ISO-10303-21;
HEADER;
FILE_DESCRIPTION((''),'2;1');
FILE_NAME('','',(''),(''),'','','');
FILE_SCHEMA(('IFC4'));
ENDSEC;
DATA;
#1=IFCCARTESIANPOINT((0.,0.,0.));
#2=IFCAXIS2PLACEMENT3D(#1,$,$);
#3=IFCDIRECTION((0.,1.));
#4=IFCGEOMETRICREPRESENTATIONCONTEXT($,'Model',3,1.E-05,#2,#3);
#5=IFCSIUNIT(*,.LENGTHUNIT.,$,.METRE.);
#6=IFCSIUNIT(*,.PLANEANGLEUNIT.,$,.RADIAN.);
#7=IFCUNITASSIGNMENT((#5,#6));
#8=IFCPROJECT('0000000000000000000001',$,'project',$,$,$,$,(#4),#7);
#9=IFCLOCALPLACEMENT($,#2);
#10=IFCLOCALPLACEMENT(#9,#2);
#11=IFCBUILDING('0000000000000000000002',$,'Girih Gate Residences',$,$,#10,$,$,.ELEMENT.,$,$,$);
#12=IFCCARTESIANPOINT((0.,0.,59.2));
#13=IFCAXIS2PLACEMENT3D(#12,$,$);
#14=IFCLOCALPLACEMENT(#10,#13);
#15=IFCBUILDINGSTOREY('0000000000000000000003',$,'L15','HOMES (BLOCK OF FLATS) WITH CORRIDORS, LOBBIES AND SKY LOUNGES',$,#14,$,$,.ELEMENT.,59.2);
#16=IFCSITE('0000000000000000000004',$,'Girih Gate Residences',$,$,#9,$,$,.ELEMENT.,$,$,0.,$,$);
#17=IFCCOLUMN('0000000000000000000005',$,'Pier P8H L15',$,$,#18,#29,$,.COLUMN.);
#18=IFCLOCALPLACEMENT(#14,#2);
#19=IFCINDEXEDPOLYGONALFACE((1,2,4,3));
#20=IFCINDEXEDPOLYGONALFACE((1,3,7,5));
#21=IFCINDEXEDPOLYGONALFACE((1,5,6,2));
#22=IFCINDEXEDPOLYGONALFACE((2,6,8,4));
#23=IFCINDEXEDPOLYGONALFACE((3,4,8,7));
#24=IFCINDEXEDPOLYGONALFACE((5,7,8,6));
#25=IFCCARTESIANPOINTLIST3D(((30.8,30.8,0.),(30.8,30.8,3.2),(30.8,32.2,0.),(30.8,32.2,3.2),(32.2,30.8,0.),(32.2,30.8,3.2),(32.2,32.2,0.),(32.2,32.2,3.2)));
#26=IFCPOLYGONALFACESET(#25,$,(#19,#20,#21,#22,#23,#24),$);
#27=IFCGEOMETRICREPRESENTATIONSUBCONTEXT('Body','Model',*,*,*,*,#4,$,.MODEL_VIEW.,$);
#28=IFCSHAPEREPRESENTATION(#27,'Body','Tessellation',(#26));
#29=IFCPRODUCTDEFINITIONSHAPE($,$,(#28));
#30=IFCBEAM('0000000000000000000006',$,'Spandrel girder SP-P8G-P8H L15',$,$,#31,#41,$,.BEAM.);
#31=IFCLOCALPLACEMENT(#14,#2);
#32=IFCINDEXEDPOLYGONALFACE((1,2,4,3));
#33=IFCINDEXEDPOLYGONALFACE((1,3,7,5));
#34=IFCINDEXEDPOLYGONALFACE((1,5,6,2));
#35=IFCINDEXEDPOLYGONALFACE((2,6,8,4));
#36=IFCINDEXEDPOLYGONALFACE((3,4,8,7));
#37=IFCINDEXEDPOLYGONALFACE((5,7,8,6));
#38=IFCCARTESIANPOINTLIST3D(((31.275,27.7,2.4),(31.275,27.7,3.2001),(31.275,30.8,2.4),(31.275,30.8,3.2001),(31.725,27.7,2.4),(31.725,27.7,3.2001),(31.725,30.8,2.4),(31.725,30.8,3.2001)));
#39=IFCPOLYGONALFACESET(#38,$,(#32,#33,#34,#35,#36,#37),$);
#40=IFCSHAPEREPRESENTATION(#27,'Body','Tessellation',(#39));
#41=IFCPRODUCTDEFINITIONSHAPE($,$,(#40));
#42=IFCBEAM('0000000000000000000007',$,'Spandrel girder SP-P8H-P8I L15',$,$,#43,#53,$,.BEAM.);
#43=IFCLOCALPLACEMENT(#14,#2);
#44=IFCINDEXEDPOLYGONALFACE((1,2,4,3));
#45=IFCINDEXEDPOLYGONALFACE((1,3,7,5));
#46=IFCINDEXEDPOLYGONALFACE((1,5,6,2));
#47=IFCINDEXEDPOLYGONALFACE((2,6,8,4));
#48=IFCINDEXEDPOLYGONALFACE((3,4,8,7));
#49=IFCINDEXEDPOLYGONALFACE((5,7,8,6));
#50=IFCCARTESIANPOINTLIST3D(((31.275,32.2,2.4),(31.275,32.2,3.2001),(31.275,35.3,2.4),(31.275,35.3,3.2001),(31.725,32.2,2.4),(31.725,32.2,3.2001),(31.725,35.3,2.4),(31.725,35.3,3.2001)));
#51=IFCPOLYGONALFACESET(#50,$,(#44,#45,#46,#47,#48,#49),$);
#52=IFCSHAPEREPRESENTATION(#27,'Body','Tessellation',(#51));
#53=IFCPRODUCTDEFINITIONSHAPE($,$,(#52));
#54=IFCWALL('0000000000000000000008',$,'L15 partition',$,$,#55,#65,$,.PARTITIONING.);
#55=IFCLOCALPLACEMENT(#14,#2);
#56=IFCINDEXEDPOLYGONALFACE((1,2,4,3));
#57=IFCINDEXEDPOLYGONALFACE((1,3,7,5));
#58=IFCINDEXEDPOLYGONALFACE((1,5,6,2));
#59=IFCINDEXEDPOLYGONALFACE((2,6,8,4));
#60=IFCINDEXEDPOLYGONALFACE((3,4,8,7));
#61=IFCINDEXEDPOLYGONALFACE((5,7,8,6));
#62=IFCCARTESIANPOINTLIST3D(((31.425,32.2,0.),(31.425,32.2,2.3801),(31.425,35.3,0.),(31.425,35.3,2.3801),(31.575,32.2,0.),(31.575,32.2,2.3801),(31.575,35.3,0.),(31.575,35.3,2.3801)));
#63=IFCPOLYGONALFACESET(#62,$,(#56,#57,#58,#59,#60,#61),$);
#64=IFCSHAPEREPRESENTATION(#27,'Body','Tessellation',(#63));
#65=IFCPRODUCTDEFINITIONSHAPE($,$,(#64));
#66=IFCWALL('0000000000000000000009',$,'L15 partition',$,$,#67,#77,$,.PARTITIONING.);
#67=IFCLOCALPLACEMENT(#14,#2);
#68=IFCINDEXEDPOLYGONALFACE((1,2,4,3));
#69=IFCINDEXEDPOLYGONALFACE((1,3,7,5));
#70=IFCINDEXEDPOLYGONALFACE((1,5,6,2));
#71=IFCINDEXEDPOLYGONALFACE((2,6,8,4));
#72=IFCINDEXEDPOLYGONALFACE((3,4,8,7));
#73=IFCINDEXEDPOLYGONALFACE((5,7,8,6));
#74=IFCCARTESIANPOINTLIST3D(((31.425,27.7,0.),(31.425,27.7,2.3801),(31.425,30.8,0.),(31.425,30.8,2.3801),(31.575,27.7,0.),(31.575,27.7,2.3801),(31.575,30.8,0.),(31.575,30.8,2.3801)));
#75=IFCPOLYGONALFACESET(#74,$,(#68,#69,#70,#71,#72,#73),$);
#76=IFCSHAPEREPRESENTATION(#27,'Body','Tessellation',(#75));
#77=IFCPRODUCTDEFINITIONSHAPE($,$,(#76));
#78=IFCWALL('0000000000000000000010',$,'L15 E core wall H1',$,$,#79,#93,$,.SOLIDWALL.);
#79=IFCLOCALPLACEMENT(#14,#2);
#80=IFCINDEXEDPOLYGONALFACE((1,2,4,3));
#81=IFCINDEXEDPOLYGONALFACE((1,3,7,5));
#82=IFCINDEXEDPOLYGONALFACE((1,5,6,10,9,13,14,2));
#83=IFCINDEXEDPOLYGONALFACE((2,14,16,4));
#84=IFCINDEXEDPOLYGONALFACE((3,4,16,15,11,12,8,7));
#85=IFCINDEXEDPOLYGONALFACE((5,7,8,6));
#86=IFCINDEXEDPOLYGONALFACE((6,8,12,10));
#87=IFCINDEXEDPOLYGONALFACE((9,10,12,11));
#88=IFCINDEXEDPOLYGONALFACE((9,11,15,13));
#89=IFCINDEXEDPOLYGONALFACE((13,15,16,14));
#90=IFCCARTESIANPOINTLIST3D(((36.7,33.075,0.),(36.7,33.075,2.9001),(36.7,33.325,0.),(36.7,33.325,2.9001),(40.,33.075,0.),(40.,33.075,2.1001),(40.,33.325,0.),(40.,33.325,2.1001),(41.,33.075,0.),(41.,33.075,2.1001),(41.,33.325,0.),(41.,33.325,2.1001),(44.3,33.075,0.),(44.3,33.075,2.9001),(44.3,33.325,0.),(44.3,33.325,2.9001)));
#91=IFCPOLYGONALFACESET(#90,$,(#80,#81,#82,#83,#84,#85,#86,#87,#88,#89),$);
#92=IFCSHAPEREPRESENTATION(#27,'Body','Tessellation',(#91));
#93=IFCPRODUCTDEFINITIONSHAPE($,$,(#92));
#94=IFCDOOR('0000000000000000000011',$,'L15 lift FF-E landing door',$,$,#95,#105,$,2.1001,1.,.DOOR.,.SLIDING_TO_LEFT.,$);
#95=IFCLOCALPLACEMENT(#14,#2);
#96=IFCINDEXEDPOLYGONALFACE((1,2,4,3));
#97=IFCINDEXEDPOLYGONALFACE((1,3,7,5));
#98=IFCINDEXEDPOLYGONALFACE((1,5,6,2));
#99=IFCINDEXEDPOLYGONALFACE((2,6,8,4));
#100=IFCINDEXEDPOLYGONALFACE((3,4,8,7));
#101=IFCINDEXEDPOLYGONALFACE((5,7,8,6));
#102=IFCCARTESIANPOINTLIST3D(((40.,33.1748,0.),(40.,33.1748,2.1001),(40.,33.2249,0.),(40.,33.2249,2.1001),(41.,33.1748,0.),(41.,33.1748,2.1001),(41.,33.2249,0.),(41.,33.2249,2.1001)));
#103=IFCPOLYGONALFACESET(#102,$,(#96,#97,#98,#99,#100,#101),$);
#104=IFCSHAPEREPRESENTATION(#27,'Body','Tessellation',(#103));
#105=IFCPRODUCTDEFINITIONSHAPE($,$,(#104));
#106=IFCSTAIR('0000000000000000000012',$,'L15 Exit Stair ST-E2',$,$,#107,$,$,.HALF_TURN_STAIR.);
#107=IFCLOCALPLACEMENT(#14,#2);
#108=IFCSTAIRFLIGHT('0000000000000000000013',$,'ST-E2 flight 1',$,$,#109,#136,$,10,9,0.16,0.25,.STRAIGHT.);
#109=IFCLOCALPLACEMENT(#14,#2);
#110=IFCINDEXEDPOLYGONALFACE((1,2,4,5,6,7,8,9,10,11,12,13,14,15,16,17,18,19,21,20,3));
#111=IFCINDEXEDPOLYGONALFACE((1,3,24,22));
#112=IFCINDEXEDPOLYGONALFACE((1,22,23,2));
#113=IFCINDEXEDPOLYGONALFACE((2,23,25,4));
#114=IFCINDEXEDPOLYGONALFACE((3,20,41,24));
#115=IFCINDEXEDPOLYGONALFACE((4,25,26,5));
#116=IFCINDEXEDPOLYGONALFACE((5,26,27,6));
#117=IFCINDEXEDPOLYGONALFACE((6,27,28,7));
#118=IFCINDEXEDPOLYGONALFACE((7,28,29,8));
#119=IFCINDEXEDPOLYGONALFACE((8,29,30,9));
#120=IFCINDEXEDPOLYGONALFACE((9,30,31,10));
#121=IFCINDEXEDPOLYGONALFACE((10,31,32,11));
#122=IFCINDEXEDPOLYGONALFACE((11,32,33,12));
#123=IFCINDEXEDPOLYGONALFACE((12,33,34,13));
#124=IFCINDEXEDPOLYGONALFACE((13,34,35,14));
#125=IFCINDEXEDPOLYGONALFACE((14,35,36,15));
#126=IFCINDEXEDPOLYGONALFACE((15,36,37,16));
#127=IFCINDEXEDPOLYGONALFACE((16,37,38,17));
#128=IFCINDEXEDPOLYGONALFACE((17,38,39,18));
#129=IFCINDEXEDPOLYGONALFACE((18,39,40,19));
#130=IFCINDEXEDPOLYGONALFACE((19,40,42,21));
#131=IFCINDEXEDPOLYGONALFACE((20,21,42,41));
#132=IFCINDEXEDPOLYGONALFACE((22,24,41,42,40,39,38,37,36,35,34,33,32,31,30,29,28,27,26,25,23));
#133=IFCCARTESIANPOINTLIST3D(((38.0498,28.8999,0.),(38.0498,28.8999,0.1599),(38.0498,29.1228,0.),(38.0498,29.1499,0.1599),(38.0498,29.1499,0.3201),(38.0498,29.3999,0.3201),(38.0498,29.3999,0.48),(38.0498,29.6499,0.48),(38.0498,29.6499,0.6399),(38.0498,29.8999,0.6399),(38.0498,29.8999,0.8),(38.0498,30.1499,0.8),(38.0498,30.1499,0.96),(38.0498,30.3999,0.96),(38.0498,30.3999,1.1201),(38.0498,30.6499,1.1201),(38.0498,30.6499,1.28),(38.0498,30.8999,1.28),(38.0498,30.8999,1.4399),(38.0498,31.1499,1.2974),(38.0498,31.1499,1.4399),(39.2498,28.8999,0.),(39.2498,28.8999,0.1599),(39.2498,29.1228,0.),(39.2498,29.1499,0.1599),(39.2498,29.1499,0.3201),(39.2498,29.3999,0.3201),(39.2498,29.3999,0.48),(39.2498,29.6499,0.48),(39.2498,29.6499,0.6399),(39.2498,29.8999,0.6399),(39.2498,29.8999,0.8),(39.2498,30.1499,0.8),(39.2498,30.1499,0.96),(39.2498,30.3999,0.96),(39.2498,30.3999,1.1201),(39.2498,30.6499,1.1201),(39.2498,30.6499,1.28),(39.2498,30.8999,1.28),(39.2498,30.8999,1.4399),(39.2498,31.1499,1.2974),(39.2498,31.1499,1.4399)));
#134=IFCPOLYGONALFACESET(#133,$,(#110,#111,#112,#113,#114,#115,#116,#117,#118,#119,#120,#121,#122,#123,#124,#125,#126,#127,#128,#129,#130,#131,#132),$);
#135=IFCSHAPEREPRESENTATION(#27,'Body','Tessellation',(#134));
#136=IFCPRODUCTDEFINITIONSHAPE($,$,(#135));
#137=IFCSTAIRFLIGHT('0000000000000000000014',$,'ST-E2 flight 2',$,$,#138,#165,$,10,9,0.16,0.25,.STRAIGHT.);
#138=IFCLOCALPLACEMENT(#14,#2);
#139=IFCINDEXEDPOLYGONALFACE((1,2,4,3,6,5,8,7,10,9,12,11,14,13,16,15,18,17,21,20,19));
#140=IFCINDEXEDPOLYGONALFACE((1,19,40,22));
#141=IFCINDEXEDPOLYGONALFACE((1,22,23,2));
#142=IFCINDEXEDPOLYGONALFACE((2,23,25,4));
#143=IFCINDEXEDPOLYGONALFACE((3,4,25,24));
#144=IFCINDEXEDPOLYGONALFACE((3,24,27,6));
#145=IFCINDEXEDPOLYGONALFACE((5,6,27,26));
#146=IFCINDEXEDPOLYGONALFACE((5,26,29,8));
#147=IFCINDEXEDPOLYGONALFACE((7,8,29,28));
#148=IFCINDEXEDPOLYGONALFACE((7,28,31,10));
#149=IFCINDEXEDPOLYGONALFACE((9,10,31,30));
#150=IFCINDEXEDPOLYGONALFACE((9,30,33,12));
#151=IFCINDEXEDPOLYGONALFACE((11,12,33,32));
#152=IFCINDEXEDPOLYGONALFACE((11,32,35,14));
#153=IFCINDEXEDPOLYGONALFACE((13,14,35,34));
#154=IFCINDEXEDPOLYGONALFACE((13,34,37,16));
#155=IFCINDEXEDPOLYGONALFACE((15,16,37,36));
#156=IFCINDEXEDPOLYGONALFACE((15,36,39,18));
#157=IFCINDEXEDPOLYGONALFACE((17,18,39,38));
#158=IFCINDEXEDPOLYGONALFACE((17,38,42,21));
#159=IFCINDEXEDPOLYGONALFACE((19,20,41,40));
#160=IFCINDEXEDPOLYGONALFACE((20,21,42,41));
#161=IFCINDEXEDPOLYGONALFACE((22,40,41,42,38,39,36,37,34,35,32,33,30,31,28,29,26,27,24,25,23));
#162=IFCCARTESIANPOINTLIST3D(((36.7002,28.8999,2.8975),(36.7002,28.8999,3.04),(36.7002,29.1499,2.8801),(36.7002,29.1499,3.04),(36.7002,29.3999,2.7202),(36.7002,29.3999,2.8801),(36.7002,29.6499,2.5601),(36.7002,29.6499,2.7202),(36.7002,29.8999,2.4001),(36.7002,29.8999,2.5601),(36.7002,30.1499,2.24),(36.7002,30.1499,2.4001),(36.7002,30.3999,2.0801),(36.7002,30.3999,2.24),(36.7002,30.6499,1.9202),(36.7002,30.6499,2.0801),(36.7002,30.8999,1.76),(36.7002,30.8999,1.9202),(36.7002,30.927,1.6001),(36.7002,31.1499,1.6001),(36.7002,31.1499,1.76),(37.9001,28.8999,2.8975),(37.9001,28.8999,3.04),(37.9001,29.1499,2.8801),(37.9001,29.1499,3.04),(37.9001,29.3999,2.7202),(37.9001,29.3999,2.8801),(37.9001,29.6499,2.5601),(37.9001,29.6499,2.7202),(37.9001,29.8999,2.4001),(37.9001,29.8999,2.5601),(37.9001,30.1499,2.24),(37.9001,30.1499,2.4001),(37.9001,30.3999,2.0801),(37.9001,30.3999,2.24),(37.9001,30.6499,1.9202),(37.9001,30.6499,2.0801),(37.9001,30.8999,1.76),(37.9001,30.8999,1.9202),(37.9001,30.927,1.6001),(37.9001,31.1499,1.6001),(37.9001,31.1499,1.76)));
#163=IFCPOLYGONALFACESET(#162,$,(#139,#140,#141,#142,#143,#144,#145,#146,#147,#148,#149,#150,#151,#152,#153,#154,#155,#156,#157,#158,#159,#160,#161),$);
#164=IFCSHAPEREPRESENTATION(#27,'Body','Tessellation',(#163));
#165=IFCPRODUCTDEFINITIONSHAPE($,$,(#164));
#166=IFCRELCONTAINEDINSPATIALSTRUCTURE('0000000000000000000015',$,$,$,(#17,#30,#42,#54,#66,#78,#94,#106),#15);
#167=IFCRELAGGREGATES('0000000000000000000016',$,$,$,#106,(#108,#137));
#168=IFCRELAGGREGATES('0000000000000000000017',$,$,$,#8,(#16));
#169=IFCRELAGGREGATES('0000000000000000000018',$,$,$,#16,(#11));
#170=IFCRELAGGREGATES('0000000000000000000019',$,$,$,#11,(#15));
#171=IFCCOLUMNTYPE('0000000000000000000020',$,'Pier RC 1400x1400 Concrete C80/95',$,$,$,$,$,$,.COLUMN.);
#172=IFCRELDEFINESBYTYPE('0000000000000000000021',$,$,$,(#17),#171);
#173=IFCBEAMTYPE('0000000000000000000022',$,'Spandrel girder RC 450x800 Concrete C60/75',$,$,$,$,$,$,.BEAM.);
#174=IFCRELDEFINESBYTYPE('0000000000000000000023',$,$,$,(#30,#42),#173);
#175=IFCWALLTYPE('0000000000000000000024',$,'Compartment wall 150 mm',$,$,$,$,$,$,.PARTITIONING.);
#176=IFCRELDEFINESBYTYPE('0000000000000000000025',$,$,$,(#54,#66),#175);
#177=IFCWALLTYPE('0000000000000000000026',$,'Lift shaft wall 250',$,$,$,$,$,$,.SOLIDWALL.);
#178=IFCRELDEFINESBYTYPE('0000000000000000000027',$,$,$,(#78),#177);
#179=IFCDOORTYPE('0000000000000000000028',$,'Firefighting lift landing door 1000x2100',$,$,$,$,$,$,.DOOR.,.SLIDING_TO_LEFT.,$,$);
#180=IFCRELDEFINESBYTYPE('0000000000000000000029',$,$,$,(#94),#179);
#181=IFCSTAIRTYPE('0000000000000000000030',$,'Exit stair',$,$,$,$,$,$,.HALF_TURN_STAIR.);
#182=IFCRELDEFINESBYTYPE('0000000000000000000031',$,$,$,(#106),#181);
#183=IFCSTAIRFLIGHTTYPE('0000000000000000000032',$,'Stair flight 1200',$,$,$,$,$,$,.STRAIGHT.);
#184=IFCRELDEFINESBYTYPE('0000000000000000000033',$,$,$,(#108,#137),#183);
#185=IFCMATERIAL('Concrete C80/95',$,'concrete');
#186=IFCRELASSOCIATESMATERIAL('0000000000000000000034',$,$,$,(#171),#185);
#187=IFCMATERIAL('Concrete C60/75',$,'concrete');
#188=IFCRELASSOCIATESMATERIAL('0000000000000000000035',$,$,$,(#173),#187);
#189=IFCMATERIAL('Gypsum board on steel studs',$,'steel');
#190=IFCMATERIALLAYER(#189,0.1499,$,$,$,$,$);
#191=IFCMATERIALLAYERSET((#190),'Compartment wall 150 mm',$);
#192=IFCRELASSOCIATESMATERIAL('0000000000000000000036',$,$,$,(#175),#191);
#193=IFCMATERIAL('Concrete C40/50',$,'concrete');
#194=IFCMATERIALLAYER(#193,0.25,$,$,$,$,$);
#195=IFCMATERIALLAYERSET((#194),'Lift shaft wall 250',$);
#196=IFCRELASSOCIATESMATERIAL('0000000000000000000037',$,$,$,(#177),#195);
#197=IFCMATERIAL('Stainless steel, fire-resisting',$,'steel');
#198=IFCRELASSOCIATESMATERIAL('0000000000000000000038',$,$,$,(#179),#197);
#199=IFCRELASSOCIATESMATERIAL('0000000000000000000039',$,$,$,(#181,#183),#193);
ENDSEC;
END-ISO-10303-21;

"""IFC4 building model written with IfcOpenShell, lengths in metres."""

from ifc_helpers import new_model, si_unit, direction, frame, frame_2d, origin, origin_2d, place, context, subcontext, project, spatial, polyline, rectangle, outline, extrude, material, layer, layer_set, material_profile, profile_set, type_object, element, fill, aggregate, save


model = new_model("IFC4")

# Units and contexts
model_context = context("Model", 3, precision=1e-05, world=origin(), true_north=direction((0.0, 1.0)))
body_context = subcontext(model_context, "Body", "Model", "MODEL_VIEW")
ifc_project = project(units=[si_unit("LENGTHUNIT", "METRE"), si_unit("PLANEANGLEUNIT", "RADIAN")], contexts=[model_context])

# Site, building, storey
site_placement = place(None, origin())
site = spatial("IfcSite", under=ifc_project, at=site_placement, Name="Girih Gate Residences", CompositionType="ELEMENT", RefElevation=0.0)
building_placement = place(site_placement, origin())
building = spatial("IfcBuilding", under=site, at=building_placement, Name="Girih Gate Residences", CompositionType="ELEMENT")
storey_placement = place(building_placement, frame((0.0, 0.0, 59.2)))
storey = spatial("IfcBuildingStorey", under=building, at=storey_placement, Name="L15", Description="HOMES (BLOCK OF FLATS) WITH CORRIDORS, LOBBIES AND SKY LOUNGES", CompositionType="ELEMENT", Elevation=59.2)

# Column
ifc_material_1 = material(Name="Concrete C80/95", Category="concrete")
ifc_material_profile_1 = material_profile(ifc_material_1, rectangle(XDim=1.3999, YDim=1.3999, at=origin_2d()))
ifc_profile_set_1 = profile_set([ifc_material_profile_1], Name="Concrete C80/95")
column_type = type_object("IfcColumnType", Name="Pier RC 1400x1400 Concrete C80/95", PredefinedType="COLUMN", material=ifc_profile_set_1)
column_placement = place(storey_placement, frame((31.5, 31.5, 0.0), z_axis=(0.0, 0.0, 1.0), x_axis=(1.0, 0.0, 0.0)))
element("IfcColumn", 1, at=column_placement, inside=storey, type_object=column_type, Name="Pier P8H L15", PredefinedType="COLUMN", context=body_context, shape_type="SweptSolid", body=[
    extrude(rectangle(XDim=1.3999, YDim=1.3999, at=origin_2d()), origin(), (0.0, 0.0, 1.0), 3.2),
])

# Beams
ifc_material_2 = material(Name="Concrete C60/75", Category="concrete")
ifc_material_profile_2 = material_profile(ifc_material_2, rectangle(XDim=0.45, YDim=0.8, at=origin_2d()))
ifc_profile_set_2 = profile_set([ifc_material_profile_2], Name="Concrete C60/75")
beam_type = type_object("IfcBeamType", Name="Spandrel girder RC 450x800 Concrete C60/75", PredefinedType="BEAM", material=ifc_profile_set_2)
for number, where, z_axis, x_axis, name in (
    (2, (31.5, 27.7, 2.8), (0.0, 1.0, 0.0), (-1.0, 0.0, 0.0), "Spandrel girder SP-P8G-P8H L15"),
    (3, (31.5, 32.2, 2.8), (0.0, 1.0, 0.0), (-1.0, 0.0, 0.0), "Spandrel girder SP-P8H-P8I L15"),
):
    element("IfcBeam", number, at=place(storey_placement, frame(where, z_axis=z_axis, x_axis=x_axis)), inside=storey, type_object=beam_type, Name=name, PredefinedType="BEAM", context=body_context, shape_type="SweptSolid", body=[
        extrude(rectangle(XDim=0.45, YDim=0.8, at=origin_2d()), origin(), (0.0, 0.0, 1.0), 3.1001),
    ])

# Walls
ifc_material_3 = material(Name="Gypsum board on steel studs", Category="steel")
ifc_layer_1 = layer(ifc_material_3, 0.1499)
ifc_layer_set_1 = layer_set([ifc_layer_1], Name="Compartment wall 150 mm")
wall_type_1 = type_object("IfcWallType", Name="Compartment wall 150 mm", PredefinedType="PARTITIONING", material=ifc_layer_set_1)
for number, where, z_axis, x_axis, name in (
    (4, (31.5, 32.2, 0.0), (0.0, 0.0, 1.0), (0.0, 1.0, 0.0), "L15 partition"),
    (5, (31.5, 27.7, 0.0), (0.0, 0.0, 1.0), (0.0, 1.0, 0.0), "L15 partition"),
):
    element("IfcWall", number, at=place(storey_placement, frame(where, z_axis=z_axis, x_axis=x_axis)), inside=storey, type_object=wall_type_1, Name=name, PredefinedType="PARTITIONING", context=body_context, shape_type="SweptSolid", body=[
        extrude(rectangle(XDim=3.1001, YDim=0.1499, at=frame_2d((1.55, 0.0))), origin(), (0.0, 0.0, 1.0), 2.3801),
    ])

# Wall, opening, door
ifc_material_4 = material(Name="Concrete C40/50", Category="concrete")
ifc_layer_2 = layer(ifc_material_4, 0.25)
ifc_layer_set_2 = layer_set([ifc_layer_2], Name="Lift shaft wall 250")
wall_type_2 = type_object("IfcWallType", Name="Lift shaft wall 250", PredefinedType="SOLIDWALL", material=ifc_layer_set_2)
wall_placement = place(storey_placement, frame((36.7, 33.2, 0.0), z_axis=(0.0, 0.0, 1.0), x_axis=(1.0, 0.0, 0.0)))
wall = element("IfcWall", 6, at=wall_placement, inside=storey, type_object=wall_type_2, Name="L15 E core wall H1", PredefinedType="SOLIDWALL", context=body_context, shape_type="SweptSolid", body=[
    extrude(rectangle(XDim=7.6001, YDim=0.25, at=frame_2d((3.8, 0.0))), origin(), (0.0, 0.0, 1.0), 2.9001),
])
opening_placement = place(wall_placement, frame((3.3, 0.0, 0.0)))
opening = element("IfcOpeningElement", 7, at=opening_placement, cuts=wall, PredefinedType="OPENING", context=body_context, shape_type="SweptSolid", body=[
    extrude(rectangle(XDim=1.0, YDim=2.1001, at=frame_2d((0.5, 1.05))), frame((0.0, 0.135, 0.0), z_axis=(0.0, -1.0, 0.0), x_axis=(1.0, 0.0, 0.0)), (0.0, 0.0, 1.0), 0.27),
])
ifc_material_5 = material(Name="Stainless steel, fire-resisting", Category="steel")
door_type = type_object("IfcDoorType", Name="Firefighting lift landing door 1000x2100", OperationType="SLIDING_TO_LEFT", PredefinedType="DOOR", material=ifc_material_5)
door_placement = place(opening_placement, origin())
door = element("IfcDoor", 8, at=door_placement, inside=storey, type_object=door_type, Name="L15 lift FF-E landing door", OperationType="SLIDING_TO_LEFT", OverallHeight=2.1001, OverallWidth=1.0, PredefinedType="DOOR", context=body_context, shape_type="SweptSolid", body=[
    extrude(rectangle(XDim=1.0, YDim=2.1001, at=frame_2d((0.5, 1.05))), frame((0.0, 0.0249, 0.0), z_axis=(0.0, -1.0, 0.0), x_axis=(1.0, 0.0, 0.0)), (0.0, 0.0, 1.0), 0.05),
])
fill(opening, door)

# Stair, stair flights
stair_type = type_object("IfcStairType", Name="Exit stair", PredefinedType="HALF_TURN_STAIR", material=ifc_material_4)
stair_placement = place(storey_placement, origin())
stair = element("IfcStair", 9, at=stair_placement, inside=storey, type_object=stair_type, Name="L15 Exit Stair ST-E2", PredefinedType="HALF_TURN_STAIR")
stair_flight_type = type_object("IfcStairFlightType", Name="Stair flight 1200", PredefinedType="STRAIGHT", material=ifc_material_4)
stair_flight_1_placement = place(storey_placement, frame((38.6499, 28.8999, 0.0), z_axis=(0.0, 0.0, 1.0), x_axis=(0.0, 1.0, 0.0)))
stair_flight_1 = element("IfcStairFlight", 10, at=stair_flight_1_placement, type_object=stair_flight_type, Name="ST-E2 flight 1", NumberOfRisers=10, NumberOfTreads=9, PredefinedType="STRAIGHT", RiserHeight=0.16, TreadLength=0.25, context=body_context, shape_type="SweptSolid", body=[
    extrude(outline(polyline([(0.0, 0.0), (0.0, 0.1599), (0.25, 0.1599), (0.25, 0.3201), (0.5, 0.3201), (0.5, 0.48), (0.75, 0.48), (0.75, 0.6399), (1.0, 0.6399), (1.0, 0.8), (1.25, 0.8), (1.25, 0.96), (1.5, 0.96), (1.5, 1.1201), (1.75, 1.1201), (1.75, 1.28), (2.0, 1.28), (2.0, 1.4399), (2.25, 1.4399), (2.25, 1.6001), (2.25, 1.2974), (0.2229, 0.0), (0.0, 0.0)])), frame((0.0, 0.6001, 0.0), z_axis=(0.0, -1.0, 0.0), x_axis=(1.0, 0.0, 0.0)), (0.0, 0.0, 1.0), 1.2),
])
stair_flight_2_placement = place(storey_placement, frame((37.3, 31.1499, 1.6001), z_axis=(0.0, 0.0, 1.0), x_axis=(0.0, -1.0, 0.0)))
stair_flight_2 = element("IfcStairFlight", 11, at=stair_flight_2_placement, type_object=stair_flight_type, Name="ST-E2 flight 2", NumberOfRisers=10, NumberOfTreads=9, PredefinedType="STRAIGHT", RiserHeight=0.16, TreadLength=0.25, context=body_context, shape_type="SweptSolid", body=[
    extrude(outline(polyline([(0.0, 0.0), (0.0, 0.1599), (0.25, 0.1599), (0.25, 0.3201), (0.5, 0.3201), (0.5, 0.48), (0.75, 0.48), (0.75, 0.6399), (1.0, 0.6399), (1.0, 0.8), (1.25, 0.8), (1.25, 0.96), (1.5, 0.96), (1.5, 1.1201), (1.75, 1.1201), (1.75, 1.28), (2.0, 1.28), (2.0, 1.4399), (2.25, 1.4399), (2.25, 1.6001), (2.25, 1.2974), (0.2229, 0.0), (0.0, 0.0)])), frame((0.0, 0.6001, 0.0), z_axis=(0.0, -1.0, 0.0), x_axis=(1.0, 0.0, 0.0)), (0.0, 0.0, 1.0), 1.2),
])
aggregate(stair, [stair_flight_1, stair_flight_2])

save(model, "model.ifc")
